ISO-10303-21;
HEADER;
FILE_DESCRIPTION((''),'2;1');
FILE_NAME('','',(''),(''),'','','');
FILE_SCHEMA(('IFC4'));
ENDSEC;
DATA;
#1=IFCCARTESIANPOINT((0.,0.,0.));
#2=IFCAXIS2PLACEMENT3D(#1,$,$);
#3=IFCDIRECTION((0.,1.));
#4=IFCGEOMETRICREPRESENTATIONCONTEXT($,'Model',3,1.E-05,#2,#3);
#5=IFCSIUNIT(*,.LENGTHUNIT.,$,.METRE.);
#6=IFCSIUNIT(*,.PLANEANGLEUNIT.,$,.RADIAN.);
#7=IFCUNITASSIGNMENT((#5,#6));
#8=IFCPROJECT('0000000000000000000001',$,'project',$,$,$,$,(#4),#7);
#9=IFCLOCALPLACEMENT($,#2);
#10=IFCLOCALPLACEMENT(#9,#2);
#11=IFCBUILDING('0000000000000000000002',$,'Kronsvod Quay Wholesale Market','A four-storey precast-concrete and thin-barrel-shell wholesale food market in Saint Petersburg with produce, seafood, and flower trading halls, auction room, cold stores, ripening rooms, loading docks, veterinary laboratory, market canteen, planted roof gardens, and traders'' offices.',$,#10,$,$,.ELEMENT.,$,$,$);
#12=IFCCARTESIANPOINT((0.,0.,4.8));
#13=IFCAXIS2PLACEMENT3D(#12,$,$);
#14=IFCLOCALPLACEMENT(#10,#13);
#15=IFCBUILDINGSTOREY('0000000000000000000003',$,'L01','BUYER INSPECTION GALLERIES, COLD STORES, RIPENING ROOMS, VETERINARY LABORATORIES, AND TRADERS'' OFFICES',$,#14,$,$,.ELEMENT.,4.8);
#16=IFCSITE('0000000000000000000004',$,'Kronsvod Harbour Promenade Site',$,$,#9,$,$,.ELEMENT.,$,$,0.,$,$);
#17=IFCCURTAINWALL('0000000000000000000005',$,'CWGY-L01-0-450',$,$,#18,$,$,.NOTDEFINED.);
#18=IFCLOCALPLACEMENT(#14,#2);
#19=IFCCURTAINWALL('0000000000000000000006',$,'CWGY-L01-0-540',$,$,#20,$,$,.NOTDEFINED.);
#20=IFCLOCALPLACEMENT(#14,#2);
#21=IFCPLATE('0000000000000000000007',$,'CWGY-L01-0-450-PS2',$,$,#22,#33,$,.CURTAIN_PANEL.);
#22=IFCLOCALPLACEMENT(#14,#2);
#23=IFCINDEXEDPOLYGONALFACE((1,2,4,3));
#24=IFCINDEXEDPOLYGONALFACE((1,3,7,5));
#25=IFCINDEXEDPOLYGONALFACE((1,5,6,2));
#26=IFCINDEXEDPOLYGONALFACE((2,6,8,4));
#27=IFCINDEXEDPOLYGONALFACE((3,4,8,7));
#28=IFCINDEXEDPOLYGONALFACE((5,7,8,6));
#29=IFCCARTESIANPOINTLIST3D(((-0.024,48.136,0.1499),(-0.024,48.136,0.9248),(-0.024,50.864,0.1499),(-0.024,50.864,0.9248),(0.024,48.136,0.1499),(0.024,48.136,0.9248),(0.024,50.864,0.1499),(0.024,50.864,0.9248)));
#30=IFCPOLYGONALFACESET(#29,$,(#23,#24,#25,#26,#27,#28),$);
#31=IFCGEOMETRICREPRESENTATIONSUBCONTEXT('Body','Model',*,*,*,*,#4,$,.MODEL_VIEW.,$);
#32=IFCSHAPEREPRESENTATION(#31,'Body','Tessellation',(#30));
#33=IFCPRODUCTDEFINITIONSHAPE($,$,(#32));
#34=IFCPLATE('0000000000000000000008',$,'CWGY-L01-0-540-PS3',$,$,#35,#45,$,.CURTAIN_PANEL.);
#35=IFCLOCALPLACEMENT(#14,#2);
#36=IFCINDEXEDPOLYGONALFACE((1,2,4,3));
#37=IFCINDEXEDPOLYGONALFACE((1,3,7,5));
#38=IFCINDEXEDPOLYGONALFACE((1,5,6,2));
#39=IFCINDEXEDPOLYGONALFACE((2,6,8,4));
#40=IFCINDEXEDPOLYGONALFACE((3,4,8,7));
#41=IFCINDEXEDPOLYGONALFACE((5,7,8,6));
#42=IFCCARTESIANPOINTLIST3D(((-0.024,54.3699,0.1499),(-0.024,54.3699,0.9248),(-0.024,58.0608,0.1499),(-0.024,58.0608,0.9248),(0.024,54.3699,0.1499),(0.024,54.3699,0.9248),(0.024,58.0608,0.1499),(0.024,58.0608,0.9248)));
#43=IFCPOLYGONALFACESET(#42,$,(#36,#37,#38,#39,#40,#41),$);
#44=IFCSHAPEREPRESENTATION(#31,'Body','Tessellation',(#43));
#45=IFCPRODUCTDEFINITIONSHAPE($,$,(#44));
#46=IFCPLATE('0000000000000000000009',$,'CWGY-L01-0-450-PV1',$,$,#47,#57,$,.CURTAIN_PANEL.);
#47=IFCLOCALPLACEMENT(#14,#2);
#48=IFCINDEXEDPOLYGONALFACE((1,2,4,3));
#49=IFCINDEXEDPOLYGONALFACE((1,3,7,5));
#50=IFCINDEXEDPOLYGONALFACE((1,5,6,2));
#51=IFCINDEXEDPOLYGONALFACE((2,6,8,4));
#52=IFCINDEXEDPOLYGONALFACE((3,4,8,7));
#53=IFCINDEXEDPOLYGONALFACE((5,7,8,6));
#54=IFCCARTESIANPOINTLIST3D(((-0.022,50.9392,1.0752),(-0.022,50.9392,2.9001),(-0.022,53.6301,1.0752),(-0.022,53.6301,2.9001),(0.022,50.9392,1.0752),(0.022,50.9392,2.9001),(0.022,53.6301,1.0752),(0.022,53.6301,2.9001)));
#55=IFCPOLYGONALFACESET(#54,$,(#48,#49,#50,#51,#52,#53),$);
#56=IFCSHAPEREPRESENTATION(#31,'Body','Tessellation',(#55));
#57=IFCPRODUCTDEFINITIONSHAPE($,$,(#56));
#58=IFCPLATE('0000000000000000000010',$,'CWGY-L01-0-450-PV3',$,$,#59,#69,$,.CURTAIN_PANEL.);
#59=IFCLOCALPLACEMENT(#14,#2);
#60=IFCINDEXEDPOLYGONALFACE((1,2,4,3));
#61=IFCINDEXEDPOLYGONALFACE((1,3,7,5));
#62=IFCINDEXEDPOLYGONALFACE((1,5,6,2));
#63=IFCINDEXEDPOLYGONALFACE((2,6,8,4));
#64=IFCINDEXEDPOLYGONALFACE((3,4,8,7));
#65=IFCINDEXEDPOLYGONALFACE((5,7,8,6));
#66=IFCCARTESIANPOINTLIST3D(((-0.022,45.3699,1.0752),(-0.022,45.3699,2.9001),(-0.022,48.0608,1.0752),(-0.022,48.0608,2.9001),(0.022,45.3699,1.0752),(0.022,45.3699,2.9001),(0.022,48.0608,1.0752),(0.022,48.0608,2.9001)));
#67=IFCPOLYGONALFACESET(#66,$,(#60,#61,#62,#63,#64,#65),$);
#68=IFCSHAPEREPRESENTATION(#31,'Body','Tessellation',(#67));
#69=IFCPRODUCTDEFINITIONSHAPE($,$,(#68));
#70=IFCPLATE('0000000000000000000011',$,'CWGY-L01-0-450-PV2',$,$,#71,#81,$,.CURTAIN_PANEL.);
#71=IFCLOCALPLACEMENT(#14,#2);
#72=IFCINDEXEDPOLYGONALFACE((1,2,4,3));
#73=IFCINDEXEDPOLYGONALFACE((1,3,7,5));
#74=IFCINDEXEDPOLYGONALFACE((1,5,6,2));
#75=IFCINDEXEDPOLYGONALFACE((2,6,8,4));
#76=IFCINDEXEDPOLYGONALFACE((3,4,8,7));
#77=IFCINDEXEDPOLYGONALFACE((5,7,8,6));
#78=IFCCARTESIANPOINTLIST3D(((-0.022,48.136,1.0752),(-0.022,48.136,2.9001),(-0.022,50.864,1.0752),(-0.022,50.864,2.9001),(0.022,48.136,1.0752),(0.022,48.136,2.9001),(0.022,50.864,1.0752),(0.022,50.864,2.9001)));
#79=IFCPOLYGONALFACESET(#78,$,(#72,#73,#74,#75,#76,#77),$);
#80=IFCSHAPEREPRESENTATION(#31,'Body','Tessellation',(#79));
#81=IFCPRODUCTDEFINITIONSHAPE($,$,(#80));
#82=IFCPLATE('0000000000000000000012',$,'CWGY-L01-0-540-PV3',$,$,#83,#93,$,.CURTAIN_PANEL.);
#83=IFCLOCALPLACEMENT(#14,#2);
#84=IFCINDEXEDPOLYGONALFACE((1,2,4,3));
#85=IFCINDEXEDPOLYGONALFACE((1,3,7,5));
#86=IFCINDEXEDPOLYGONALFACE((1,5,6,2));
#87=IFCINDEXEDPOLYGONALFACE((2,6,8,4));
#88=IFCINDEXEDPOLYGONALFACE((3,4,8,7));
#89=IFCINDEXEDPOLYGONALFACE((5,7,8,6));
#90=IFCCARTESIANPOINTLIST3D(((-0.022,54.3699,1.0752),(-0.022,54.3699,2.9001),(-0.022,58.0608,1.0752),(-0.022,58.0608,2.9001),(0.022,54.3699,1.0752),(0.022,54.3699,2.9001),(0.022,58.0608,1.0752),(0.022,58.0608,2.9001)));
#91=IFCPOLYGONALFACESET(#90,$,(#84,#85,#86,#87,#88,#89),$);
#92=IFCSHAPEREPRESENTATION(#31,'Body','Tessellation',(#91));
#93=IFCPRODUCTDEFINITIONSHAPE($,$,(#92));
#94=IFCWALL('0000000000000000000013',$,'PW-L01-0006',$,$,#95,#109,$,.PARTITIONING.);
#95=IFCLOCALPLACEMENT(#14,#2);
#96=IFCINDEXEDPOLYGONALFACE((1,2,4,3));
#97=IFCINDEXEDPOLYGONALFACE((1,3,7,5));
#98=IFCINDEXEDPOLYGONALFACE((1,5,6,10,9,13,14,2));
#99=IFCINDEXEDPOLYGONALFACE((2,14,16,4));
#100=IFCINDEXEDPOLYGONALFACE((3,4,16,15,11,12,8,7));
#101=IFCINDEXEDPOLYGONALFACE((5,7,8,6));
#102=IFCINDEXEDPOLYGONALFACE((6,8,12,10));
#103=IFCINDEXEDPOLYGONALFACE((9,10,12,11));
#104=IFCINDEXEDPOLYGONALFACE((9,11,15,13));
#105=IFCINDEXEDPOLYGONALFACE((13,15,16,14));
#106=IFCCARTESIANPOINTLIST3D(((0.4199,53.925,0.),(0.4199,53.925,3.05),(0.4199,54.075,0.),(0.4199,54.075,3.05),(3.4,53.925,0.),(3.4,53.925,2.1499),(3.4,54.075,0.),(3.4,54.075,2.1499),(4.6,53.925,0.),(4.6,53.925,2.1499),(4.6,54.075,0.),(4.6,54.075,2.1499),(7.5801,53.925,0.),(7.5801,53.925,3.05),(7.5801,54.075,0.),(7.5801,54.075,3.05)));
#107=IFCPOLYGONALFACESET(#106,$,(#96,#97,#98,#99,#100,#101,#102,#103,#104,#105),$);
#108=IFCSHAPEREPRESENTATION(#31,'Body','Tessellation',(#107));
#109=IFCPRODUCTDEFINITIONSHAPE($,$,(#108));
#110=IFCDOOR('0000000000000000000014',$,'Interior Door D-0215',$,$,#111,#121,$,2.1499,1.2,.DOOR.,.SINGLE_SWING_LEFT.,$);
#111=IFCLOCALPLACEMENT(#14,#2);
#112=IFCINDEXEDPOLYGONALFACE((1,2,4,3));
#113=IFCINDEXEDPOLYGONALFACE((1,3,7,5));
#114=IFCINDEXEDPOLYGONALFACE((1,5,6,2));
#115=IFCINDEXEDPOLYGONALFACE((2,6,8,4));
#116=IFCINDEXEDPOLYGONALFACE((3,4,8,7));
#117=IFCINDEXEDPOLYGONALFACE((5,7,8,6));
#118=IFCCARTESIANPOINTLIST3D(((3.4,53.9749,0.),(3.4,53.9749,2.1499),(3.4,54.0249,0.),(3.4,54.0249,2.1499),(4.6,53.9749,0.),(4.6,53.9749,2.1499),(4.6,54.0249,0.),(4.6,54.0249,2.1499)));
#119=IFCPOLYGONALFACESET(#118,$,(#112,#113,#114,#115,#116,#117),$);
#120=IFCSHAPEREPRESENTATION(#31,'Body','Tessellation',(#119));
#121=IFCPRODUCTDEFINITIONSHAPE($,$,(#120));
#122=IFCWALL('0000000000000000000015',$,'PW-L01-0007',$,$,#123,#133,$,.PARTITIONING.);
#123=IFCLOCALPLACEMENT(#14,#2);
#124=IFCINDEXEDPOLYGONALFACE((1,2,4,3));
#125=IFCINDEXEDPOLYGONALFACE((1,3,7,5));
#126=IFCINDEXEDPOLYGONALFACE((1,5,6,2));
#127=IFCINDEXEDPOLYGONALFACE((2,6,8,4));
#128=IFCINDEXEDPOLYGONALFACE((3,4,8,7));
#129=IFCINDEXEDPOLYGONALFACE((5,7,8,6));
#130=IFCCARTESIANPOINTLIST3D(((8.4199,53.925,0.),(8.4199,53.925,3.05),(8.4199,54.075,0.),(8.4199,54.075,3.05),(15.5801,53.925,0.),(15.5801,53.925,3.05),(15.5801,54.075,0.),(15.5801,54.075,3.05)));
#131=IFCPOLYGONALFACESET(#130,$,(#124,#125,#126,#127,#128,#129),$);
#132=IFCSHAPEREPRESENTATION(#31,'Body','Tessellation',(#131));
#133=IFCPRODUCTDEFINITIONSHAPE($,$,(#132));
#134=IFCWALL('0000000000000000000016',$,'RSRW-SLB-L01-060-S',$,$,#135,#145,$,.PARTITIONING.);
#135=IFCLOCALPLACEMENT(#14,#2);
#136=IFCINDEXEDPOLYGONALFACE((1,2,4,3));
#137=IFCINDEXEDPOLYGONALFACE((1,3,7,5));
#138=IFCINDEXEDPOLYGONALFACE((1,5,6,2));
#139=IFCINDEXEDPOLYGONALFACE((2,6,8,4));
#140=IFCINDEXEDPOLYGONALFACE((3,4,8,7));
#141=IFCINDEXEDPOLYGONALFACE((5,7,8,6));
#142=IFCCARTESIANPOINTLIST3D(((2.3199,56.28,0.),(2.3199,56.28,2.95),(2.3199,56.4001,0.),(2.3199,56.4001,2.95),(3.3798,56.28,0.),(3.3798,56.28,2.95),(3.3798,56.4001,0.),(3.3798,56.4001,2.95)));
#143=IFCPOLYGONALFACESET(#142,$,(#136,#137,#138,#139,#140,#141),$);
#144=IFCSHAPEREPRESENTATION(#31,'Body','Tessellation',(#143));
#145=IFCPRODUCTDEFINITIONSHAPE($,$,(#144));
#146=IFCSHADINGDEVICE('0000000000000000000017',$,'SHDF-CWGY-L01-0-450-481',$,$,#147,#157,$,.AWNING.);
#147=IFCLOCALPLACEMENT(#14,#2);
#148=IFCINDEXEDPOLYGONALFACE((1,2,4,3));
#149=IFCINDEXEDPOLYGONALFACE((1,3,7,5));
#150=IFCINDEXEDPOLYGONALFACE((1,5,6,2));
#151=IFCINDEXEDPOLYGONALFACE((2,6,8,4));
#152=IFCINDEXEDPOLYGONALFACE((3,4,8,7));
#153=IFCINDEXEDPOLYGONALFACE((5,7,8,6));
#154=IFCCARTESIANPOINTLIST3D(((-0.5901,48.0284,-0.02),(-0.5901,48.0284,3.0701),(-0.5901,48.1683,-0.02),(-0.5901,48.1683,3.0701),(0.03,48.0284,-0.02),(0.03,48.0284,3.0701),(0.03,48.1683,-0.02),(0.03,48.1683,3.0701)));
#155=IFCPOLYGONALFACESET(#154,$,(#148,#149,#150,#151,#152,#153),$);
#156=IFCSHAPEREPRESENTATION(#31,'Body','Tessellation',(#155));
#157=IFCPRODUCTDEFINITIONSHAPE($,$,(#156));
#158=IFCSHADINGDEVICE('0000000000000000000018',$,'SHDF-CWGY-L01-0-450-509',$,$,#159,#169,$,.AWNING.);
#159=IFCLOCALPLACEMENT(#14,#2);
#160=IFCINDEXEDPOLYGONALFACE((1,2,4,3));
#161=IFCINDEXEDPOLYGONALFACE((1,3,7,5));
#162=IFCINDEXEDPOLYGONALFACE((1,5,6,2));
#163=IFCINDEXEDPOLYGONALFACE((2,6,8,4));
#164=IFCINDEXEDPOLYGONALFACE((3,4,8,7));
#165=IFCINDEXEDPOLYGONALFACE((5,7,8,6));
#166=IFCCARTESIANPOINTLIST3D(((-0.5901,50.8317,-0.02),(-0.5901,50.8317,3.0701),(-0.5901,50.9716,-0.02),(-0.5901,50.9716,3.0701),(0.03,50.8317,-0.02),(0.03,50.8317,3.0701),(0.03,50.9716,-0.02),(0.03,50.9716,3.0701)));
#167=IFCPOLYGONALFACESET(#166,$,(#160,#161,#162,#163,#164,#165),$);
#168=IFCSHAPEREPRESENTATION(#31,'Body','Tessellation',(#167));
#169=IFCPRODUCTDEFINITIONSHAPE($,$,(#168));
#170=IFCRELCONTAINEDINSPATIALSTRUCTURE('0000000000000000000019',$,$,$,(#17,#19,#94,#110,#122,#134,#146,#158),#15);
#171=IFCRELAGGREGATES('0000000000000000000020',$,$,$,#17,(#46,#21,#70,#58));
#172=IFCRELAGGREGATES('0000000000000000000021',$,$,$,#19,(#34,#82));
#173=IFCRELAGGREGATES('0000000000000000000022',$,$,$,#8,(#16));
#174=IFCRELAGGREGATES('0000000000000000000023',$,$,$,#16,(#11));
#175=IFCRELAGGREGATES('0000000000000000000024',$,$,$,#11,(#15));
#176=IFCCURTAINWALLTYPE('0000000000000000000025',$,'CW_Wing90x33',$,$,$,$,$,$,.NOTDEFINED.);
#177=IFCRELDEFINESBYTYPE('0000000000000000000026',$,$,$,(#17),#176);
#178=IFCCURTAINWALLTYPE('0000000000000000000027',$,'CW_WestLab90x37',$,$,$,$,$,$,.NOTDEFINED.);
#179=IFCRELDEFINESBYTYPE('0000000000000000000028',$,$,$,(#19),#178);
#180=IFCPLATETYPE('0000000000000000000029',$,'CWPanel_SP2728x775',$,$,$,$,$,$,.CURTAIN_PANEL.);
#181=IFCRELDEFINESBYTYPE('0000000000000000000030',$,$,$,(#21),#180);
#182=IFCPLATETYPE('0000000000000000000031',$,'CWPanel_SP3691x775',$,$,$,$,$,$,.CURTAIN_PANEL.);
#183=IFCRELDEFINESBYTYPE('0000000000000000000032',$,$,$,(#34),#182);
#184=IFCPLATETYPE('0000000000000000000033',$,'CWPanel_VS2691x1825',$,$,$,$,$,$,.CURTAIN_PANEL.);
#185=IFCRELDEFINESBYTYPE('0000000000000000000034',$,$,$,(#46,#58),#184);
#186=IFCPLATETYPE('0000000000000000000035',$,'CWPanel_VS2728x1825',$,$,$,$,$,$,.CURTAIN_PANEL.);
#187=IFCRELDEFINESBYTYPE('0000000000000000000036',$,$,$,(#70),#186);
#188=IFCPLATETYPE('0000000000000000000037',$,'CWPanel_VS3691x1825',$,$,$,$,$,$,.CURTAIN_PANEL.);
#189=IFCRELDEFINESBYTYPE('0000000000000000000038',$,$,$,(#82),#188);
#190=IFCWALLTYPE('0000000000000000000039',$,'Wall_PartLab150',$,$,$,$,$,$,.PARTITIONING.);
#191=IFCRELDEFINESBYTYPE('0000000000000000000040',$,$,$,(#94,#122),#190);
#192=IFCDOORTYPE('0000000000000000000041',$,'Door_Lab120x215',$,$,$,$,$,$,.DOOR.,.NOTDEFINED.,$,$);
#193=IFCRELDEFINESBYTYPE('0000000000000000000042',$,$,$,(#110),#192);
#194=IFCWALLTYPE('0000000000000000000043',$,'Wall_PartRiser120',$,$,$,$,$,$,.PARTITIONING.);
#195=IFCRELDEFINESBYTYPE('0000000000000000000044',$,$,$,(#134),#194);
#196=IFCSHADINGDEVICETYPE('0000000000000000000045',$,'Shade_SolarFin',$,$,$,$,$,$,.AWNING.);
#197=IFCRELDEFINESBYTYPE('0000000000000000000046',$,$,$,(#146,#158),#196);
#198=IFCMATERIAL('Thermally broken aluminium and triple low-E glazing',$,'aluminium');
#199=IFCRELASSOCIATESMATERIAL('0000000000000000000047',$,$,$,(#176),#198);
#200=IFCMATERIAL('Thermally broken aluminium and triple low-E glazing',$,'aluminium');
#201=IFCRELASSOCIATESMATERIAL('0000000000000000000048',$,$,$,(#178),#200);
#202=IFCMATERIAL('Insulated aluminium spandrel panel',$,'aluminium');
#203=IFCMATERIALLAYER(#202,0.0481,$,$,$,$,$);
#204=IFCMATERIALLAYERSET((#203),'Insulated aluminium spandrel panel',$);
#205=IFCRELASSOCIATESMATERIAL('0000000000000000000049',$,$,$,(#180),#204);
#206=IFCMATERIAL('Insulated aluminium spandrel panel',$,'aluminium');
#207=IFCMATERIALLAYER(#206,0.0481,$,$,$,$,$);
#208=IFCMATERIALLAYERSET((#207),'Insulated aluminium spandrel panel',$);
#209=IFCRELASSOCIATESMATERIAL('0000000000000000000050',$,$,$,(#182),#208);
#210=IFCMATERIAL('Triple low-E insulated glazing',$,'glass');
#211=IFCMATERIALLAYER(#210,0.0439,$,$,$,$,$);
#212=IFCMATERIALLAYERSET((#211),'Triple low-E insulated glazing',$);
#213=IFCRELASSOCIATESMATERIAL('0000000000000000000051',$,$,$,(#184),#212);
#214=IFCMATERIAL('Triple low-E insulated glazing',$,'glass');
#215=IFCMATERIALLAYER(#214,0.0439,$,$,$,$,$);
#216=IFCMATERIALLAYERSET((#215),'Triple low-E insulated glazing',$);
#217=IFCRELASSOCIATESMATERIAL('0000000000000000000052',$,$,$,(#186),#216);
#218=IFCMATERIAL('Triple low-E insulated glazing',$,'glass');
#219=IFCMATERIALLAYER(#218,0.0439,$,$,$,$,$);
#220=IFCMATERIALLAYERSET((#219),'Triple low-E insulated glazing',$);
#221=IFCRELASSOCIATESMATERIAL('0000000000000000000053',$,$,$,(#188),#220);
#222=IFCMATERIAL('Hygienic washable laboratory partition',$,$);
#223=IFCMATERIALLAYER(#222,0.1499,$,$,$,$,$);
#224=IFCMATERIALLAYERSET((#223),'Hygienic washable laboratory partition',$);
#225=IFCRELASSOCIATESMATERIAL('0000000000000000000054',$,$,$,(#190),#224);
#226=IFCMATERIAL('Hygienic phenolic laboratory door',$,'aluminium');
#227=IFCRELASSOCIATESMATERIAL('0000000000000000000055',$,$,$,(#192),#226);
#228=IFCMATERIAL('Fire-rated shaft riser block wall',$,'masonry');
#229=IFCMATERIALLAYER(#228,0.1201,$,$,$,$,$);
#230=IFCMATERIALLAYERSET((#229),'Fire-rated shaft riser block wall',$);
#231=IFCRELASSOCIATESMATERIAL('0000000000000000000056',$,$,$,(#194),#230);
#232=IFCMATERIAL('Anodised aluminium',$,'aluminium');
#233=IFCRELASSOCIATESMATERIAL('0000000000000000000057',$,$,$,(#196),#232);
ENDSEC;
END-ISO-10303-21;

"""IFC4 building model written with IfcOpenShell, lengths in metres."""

from ifc_helpers import new_model, si_unit, direction, frame, frame_2d, origin, origin_2d, place, context, subcontext, project, spatial, rectangle, extrude, material, layer, layer_set, type_object, element, fill, aggregate, save


model = new_model("IFC4")

# Units and contexts
model_context = context("Model", 3, precision=1e-05, world=origin(), true_north=direction((0.0, 1.0)))
body_context = subcontext(model_context, "Body", "Model", "MODEL_VIEW")
ifc_project = project(units=[si_unit("LENGTHUNIT", "METRE"), si_unit("PLANEANGLEUNIT", "RADIAN")], contexts=[model_context])

# Site, building, storey
site_placement = place(None, origin())
site = spatial("IfcSite", under=ifc_project, at=site_placement, Name="Kronsvod Harbour Promenade Site", CompositionType="ELEMENT", RefElevation=0.0)
building_placement = place(site_placement, origin())
building = spatial("IfcBuilding", under=site, at=building_placement, Name="Kronsvod Quay Wholesale Market", Description="A four-storey precast-concrete and thin-barrel-shell wholesale food market in Saint Petersburg with produce, seafood, and flower trading halls, auction room, cold stores, ripening rooms, loading docks, veterinary laboratory, market canteen, planted roof gardens, and traders' offices.", CompositionType="ELEMENT")
storey_placement = place(building_placement, frame((0.0, 0.0, 4.8)))
storey = spatial("IfcBuildingStorey", under=building, at=storey_placement, Name="L01", Description="BUYER INSPECTION GALLERIES, COLD STORES, RIPENING ROOMS, VETERINARY LABORATORIES, AND TRADERS' OFFICES", CompositionType="ELEMENT", Elevation=4.8)

# Curtain wall
ifc_material_1 = material(Name="Thermally broken aluminium and triple low-E glazing", Category="aluminium")
curtain_wall_type_1 = type_object("IfcCurtainWallType", Name="CW_Wing90x33", PredefinedType="NOTDEFINED", material=ifc_material_1)
curtain_wall_1_placement = place(storey_placement, origin())
curtain_wall_1 = element("IfcCurtainWall", 1, at=curtain_wall_1_placement, inside=storey, type_object=curtain_wall_type_1, Name="CWGY-L01-0-450", PredefinedType="NOTDEFINED")

# Curtain wall
ifc_material_2 = material(Name="Thermally broken aluminium and triple low-E glazing", Category="aluminium")
curtain_wall_type_2 = type_object("IfcCurtainWallType", Name="CW_WestLab90x37", PredefinedType="NOTDEFINED", material=ifc_material_2)
curtain_wall_2_placement = place(storey_placement, origin())
curtain_wall_2 = element("IfcCurtainWall", 2, at=curtain_wall_2_placement, inside=storey, type_object=curtain_wall_type_2, Name="CWGY-L01-0-540", PredefinedType="NOTDEFINED")

# Plates
ifc_material_3 = material(Name="Insulated aluminium spandrel panel", Category="aluminium")
ifc_layer_1 = layer(ifc_material_3, 0.0481)
ifc_layer_set_1 = layer_set([ifc_layer_1], Name="Insulated aluminium spandrel panel")
plate_type_1 = type_object("IfcPlateType", Name="CWPanel_SP2728x775", PredefinedType="CURTAIN_PANEL", material=ifc_layer_set_1)
plate_1_placement = place(storey_placement, frame((0.0, 49.5, 0.1499), z_axis=(0.0, 0.0, 1.0), x_axis=(0.0, -1.0, 0.0)))
plate_1 = element("IfcPlate", 3, at=plate_1_placement, type_object=plate_type_1, Name="CWGY-L01-0-450-PS2", PredefinedType="CURTAIN_PANEL", context=body_context, shape_type="SweptSolid", body=[
    extrude(rectangle(XDim=2.728, YDim=0.0481, at=origin_2d()), origin(), (0.0, 0.0, 1.0), 0.7749),
])
ifc_material_4 = material(Name="Insulated aluminium spandrel panel", Category="aluminium")
ifc_layer_2 = layer(ifc_material_4, 0.0481)
ifc_layer_set_2 = layer_set([ifc_layer_2], Name="Insulated aluminium spandrel panel")
plate_type_2 = type_object("IfcPlateType", Name="CWPanel_SP3691x775", PredefinedType="CURTAIN_PANEL", material=ifc_layer_set_2)
plate_2_placement = place(storey_placement, frame((0.0, 56.2153, 0.1499), z_axis=(0.0, 0.0, 1.0), x_axis=(0.0, -1.0, 0.0)))
plate_2 = element("IfcPlate", 4, at=plate_2_placement, type_object=plate_type_2, Name="CWGY-L01-0-540-PS3", PredefinedType="CURTAIN_PANEL", context=body_context, shape_type="SweptSolid", body=[
    extrude(rectangle(XDim=3.6909, YDim=0.0481, at=origin_2d()), origin(), (0.0, 0.0, 1.0), 0.7749),
])
ifc_material_5 = material(Name="Triple low-E insulated glazing", Category="glass")
ifc_layer_3 = layer(ifc_material_5, 0.0439)
ifc_layer_set_3 = layer_set([ifc_layer_3], Name="Triple low-E insulated glazing")
plate_type_3 = type_object("IfcPlateType", Name="CWPanel_VS2691x1825", PredefinedType="CURTAIN_PANEL", material=ifc_layer_set_3)
plate_3_placement = place(storey_placement, frame((0.0, 52.2847, 1.0752), z_axis=(0.0, 0.0, 1.0), x_axis=(0.0, -1.0, 0.0)))
plate_3 = element("IfcPlate", 5, at=plate_3_placement, type_object=plate_type_3, Name="CWGY-L01-0-450-PV1", PredefinedType="CURTAIN_PANEL", context=body_context, shape_type="SweptSolid", body=[
    extrude(rectangle(XDim=2.6909, YDim=0.0439, at=origin_2d()), origin(), (0.0, 0.0, 1.0), 1.825),
])
plate_4_placement = place(storey_placement, frame((0.0, 46.7153, 1.0752), z_axis=(0.0, 0.0, 1.0), x_axis=(0.0, -1.0, 0.0)))
plate_4 = element("IfcPlate", 6, at=plate_4_placement, type_object=plate_type_3, Name="CWGY-L01-0-450-PV3", PredefinedType="CURTAIN_PANEL", context=body_context, shape_type="SweptSolid", body=[
    extrude(rectangle(XDim=2.6909, YDim=0.0439, at=origin_2d()), origin(), (0.0, 0.0, 1.0), 1.825),
])
ifc_material_6 = material(Name="Triple low-E insulated glazing", Category="glass")
ifc_layer_4 = layer(ifc_material_6, 0.0439)
ifc_layer_set_4 = layer_set([ifc_layer_4], Name="Triple low-E insulated glazing")
plate_type_4 = type_object("IfcPlateType", Name="CWPanel_VS2728x1825", PredefinedType="CURTAIN_PANEL", material=ifc_layer_set_4)
plate_5_placement = place(storey_placement, frame((0.0, 49.5, 1.0752), z_axis=(0.0, 0.0, 1.0), x_axis=(0.0, -1.0, 0.0)))
plate_5 = element("IfcPlate", 7, at=plate_5_placement, type_object=plate_type_4, Name="CWGY-L01-0-450-PV2", PredefinedType="CURTAIN_PANEL", context=body_context, shape_type="SweptSolid", body=[
    extrude(rectangle(XDim=2.728, YDim=0.0439, at=origin_2d()), origin(), (0.0, 0.0, 1.0), 1.825),
])
aggregate(curtain_wall_1, [plate_3, plate_1, plate_5, plate_4])
ifc_material_7 = material(Name="Triple low-E insulated glazing", Category="glass")
ifc_layer_5 = layer(ifc_material_7, 0.0439)
ifc_layer_set_5 = layer_set([ifc_layer_5], Name="Triple low-E insulated glazing")
plate_type_5 = type_object("IfcPlateType", Name="CWPanel_VS3691x1825", PredefinedType="CURTAIN_PANEL", material=ifc_layer_set_5)
plate_6_placement = place(storey_placement, frame((0.0, 56.2153, 1.0752), z_axis=(0.0, 0.0, 1.0), x_axis=(0.0, -1.0, 0.0)))
plate_6 = element("IfcPlate", 8, at=plate_6_placement, type_object=plate_type_5, Name="CWGY-L01-0-540-PV3", PredefinedType="CURTAIN_PANEL", context=body_context, shape_type="SweptSolid", body=[
    extrude(rectangle(XDim=3.6909, YDim=0.0439, at=origin_2d()), origin(), (0.0, 0.0, 1.0), 1.825),
])
aggregate(curtain_wall_2, [plate_2, plate_6])

# Wall, opening, door
ifc_material_8 = material(Name="Hygienic washable laboratory partition")
ifc_layer_6 = layer(ifc_material_8, 0.1499)
ifc_layer_set_6 = layer_set([ifc_layer_6], Name="Hygienic washable laboratory partition")
wall_type_1 = type_object("IfcWallType", Name="Wall_PartLab150", PredefinedType="PARTITIONING", material=ifc_layer_set_6)
wall_1_placement = place(storey_placement, frame((0.4199, 54.0, 0.0), z_axis=(0.0, 0.0, 1.0), x_axis=(1.0, 0.0, 0.0)))
wall_1 = element("IfcWall", 9, at=wall_1_placement, inside=storey, type_object=wall_type_1, Name="PW-L01-0006", PredefinedType="PARTITIONING", context=body_context, shape_type="SweptSolid", body=[
    extrude(rectangle(XDim=7.1602, YDim=0.1499, at=frame_2d((3.5801, 0.0))), origin(), (0.0, 0.0, 1.0), 3.05),
])
opening_placement = place(wall_1_placement, frame((2.98, 0.0, 0.0)))
opening = element("IfcOpeningElement", 10, at=opening_placement, cuts=wall_1, PredefinedType="OPENING", context=body_context, shape_type="SweptSolid", body=[
    extrude(rectangle(XDim=1.2, YDim=2.1499, at=frame_2d((0.6001, 1.075))), frame((0.0, 0.085, 0.0), z_axis=(0.0, -1.0, 0.0), x_axis=(1.0, 0.0, 0.0)), (0.0, 0.0, 1.0), 0.1699),
])
ifc_material_9 = material(Name="Hygienic phenolic laboratory door", Category="aluminium")
door_type = type_object("IfcDoorType", Name="Door_Lab120x215", OperationType="NOTDEFINED", PredefinedType="DOOR", material=ifc_material_9)
door_placement = place(opening_placement, origin())
door = element("IfcDoor", 11, at=door_placement, inside=storey, type_object=door_type, Name="Interior Door D-0215", OperationType="SINGLE_SWING_LEFT", OverallHeight=2.1499, OverallWidth=1.2, PredefinedType="DOOR", context=body_context, shape_type="SweptSolid", body=[
    extrude(rectangle(XDim=1.2, YDim=2.1499, at=frame_2d((0.6001, 1.075))), frame((0.0, 0.0249, 0.0), z_axis=(0.0, -1.0, 0.0), x_axis=(1.0, 0.0, 0.0)), (0.0, 0.0, 1.0), 0.05),
])
fill(opening, door)

# Walls
wall_2_placement = place(storey_placement, frame((8.4199, 54.0, 0.0), z_axis=(0.0, 0.0, 1.0), x_axis=(1.0, 0.0, 0.0)))
element("IfcWall", 12, at=wall_2_placement, inside=storey, type_object=wall_type_1, Name="PW-L01-0007", PredefinedType="PARTITIONING", context=body_context, shape_type="SweptSolid", body=[
    extrude(rectangle(XDim=7.1602, YDim=0.1499, at=frame_2d((3.5801, 0.0))), origin(), (0.0, 0.0, 1.0), 3.05),
])
ifc_material_10 = material(Name="Fire-rated shaft riser block wall", Category="masonry")
ifc_layer_7 = layer(ifc_material_10, 0.1201)
ifc_layer_set_7 = layer_set([ifc_layer_7], Name="Fire-rated shaft riser block wall")
wall_type_2 = type_object("IfcWallType", Name="Wall_PartRiser120", PredefinedType="PARTITIONING", material=ifc_layer_set_7)
wall_3_placement = place(storey_placement, frame((2.3201, 56.3401, 0.0), z_axis=(0.0, 0.0, 1.0), x_axis=(1.0, 0.0, 0.0)))
element("IfcWall", 13, at=wall_3_placement, inside=storey, type_object=wall_type_2, Name="RSRW-SLB-L01-060-S", PredefinedType="PARTITIONING", context=body_context, shape_type="SweptSolid", body=[
    extrude(rectangle(XDim=1.0598, YDim=0.1201, at=frame_2d((0.5298, 0.0))), origin(), (0.0, 0.0, 1.0), 2.95),
])

# Shading devices
ifc_material_11 = material(Name="Anodised aluminium", Category="aluminium")
shading_device_type = type_object("IfcShadingDeviceType", Name="Shade_SolarFin", PredefinedType="AWNING", material=ifc_material_11)
for number, where, z_axis, x_axis, name in (
    (14, (-0.28, 48.0984, -0.02), (0.0, 0.0, 1.0), (1.0, 0.0, 0.0), "SHDF-CWGY-L01-0-450-481"),
    (15, (-0.28, 50.9016, -0.02), (0.0, 0.0, 1.0), (1.0, 0.0, 0.0), "SHDF-CWGY-L01-0-450-509"),
):
    element("IfcShadingDevice", number, at=place(storey_placement, frame(where, z_axis=z_axis, x_axis=x_axis)), inside=storey, type_object=shading_device_type, Name=name, PredefinedType="AWNING", context=body_context, shape_type="SweptSolid", body=[
        extrude(rectangle(XDim=0.6201, YDim=0.1399, at=origin_2d()), origin(), (0.0, 0.0, 1.0), 3.0901),
    ])

save(model, "model.ifc")
